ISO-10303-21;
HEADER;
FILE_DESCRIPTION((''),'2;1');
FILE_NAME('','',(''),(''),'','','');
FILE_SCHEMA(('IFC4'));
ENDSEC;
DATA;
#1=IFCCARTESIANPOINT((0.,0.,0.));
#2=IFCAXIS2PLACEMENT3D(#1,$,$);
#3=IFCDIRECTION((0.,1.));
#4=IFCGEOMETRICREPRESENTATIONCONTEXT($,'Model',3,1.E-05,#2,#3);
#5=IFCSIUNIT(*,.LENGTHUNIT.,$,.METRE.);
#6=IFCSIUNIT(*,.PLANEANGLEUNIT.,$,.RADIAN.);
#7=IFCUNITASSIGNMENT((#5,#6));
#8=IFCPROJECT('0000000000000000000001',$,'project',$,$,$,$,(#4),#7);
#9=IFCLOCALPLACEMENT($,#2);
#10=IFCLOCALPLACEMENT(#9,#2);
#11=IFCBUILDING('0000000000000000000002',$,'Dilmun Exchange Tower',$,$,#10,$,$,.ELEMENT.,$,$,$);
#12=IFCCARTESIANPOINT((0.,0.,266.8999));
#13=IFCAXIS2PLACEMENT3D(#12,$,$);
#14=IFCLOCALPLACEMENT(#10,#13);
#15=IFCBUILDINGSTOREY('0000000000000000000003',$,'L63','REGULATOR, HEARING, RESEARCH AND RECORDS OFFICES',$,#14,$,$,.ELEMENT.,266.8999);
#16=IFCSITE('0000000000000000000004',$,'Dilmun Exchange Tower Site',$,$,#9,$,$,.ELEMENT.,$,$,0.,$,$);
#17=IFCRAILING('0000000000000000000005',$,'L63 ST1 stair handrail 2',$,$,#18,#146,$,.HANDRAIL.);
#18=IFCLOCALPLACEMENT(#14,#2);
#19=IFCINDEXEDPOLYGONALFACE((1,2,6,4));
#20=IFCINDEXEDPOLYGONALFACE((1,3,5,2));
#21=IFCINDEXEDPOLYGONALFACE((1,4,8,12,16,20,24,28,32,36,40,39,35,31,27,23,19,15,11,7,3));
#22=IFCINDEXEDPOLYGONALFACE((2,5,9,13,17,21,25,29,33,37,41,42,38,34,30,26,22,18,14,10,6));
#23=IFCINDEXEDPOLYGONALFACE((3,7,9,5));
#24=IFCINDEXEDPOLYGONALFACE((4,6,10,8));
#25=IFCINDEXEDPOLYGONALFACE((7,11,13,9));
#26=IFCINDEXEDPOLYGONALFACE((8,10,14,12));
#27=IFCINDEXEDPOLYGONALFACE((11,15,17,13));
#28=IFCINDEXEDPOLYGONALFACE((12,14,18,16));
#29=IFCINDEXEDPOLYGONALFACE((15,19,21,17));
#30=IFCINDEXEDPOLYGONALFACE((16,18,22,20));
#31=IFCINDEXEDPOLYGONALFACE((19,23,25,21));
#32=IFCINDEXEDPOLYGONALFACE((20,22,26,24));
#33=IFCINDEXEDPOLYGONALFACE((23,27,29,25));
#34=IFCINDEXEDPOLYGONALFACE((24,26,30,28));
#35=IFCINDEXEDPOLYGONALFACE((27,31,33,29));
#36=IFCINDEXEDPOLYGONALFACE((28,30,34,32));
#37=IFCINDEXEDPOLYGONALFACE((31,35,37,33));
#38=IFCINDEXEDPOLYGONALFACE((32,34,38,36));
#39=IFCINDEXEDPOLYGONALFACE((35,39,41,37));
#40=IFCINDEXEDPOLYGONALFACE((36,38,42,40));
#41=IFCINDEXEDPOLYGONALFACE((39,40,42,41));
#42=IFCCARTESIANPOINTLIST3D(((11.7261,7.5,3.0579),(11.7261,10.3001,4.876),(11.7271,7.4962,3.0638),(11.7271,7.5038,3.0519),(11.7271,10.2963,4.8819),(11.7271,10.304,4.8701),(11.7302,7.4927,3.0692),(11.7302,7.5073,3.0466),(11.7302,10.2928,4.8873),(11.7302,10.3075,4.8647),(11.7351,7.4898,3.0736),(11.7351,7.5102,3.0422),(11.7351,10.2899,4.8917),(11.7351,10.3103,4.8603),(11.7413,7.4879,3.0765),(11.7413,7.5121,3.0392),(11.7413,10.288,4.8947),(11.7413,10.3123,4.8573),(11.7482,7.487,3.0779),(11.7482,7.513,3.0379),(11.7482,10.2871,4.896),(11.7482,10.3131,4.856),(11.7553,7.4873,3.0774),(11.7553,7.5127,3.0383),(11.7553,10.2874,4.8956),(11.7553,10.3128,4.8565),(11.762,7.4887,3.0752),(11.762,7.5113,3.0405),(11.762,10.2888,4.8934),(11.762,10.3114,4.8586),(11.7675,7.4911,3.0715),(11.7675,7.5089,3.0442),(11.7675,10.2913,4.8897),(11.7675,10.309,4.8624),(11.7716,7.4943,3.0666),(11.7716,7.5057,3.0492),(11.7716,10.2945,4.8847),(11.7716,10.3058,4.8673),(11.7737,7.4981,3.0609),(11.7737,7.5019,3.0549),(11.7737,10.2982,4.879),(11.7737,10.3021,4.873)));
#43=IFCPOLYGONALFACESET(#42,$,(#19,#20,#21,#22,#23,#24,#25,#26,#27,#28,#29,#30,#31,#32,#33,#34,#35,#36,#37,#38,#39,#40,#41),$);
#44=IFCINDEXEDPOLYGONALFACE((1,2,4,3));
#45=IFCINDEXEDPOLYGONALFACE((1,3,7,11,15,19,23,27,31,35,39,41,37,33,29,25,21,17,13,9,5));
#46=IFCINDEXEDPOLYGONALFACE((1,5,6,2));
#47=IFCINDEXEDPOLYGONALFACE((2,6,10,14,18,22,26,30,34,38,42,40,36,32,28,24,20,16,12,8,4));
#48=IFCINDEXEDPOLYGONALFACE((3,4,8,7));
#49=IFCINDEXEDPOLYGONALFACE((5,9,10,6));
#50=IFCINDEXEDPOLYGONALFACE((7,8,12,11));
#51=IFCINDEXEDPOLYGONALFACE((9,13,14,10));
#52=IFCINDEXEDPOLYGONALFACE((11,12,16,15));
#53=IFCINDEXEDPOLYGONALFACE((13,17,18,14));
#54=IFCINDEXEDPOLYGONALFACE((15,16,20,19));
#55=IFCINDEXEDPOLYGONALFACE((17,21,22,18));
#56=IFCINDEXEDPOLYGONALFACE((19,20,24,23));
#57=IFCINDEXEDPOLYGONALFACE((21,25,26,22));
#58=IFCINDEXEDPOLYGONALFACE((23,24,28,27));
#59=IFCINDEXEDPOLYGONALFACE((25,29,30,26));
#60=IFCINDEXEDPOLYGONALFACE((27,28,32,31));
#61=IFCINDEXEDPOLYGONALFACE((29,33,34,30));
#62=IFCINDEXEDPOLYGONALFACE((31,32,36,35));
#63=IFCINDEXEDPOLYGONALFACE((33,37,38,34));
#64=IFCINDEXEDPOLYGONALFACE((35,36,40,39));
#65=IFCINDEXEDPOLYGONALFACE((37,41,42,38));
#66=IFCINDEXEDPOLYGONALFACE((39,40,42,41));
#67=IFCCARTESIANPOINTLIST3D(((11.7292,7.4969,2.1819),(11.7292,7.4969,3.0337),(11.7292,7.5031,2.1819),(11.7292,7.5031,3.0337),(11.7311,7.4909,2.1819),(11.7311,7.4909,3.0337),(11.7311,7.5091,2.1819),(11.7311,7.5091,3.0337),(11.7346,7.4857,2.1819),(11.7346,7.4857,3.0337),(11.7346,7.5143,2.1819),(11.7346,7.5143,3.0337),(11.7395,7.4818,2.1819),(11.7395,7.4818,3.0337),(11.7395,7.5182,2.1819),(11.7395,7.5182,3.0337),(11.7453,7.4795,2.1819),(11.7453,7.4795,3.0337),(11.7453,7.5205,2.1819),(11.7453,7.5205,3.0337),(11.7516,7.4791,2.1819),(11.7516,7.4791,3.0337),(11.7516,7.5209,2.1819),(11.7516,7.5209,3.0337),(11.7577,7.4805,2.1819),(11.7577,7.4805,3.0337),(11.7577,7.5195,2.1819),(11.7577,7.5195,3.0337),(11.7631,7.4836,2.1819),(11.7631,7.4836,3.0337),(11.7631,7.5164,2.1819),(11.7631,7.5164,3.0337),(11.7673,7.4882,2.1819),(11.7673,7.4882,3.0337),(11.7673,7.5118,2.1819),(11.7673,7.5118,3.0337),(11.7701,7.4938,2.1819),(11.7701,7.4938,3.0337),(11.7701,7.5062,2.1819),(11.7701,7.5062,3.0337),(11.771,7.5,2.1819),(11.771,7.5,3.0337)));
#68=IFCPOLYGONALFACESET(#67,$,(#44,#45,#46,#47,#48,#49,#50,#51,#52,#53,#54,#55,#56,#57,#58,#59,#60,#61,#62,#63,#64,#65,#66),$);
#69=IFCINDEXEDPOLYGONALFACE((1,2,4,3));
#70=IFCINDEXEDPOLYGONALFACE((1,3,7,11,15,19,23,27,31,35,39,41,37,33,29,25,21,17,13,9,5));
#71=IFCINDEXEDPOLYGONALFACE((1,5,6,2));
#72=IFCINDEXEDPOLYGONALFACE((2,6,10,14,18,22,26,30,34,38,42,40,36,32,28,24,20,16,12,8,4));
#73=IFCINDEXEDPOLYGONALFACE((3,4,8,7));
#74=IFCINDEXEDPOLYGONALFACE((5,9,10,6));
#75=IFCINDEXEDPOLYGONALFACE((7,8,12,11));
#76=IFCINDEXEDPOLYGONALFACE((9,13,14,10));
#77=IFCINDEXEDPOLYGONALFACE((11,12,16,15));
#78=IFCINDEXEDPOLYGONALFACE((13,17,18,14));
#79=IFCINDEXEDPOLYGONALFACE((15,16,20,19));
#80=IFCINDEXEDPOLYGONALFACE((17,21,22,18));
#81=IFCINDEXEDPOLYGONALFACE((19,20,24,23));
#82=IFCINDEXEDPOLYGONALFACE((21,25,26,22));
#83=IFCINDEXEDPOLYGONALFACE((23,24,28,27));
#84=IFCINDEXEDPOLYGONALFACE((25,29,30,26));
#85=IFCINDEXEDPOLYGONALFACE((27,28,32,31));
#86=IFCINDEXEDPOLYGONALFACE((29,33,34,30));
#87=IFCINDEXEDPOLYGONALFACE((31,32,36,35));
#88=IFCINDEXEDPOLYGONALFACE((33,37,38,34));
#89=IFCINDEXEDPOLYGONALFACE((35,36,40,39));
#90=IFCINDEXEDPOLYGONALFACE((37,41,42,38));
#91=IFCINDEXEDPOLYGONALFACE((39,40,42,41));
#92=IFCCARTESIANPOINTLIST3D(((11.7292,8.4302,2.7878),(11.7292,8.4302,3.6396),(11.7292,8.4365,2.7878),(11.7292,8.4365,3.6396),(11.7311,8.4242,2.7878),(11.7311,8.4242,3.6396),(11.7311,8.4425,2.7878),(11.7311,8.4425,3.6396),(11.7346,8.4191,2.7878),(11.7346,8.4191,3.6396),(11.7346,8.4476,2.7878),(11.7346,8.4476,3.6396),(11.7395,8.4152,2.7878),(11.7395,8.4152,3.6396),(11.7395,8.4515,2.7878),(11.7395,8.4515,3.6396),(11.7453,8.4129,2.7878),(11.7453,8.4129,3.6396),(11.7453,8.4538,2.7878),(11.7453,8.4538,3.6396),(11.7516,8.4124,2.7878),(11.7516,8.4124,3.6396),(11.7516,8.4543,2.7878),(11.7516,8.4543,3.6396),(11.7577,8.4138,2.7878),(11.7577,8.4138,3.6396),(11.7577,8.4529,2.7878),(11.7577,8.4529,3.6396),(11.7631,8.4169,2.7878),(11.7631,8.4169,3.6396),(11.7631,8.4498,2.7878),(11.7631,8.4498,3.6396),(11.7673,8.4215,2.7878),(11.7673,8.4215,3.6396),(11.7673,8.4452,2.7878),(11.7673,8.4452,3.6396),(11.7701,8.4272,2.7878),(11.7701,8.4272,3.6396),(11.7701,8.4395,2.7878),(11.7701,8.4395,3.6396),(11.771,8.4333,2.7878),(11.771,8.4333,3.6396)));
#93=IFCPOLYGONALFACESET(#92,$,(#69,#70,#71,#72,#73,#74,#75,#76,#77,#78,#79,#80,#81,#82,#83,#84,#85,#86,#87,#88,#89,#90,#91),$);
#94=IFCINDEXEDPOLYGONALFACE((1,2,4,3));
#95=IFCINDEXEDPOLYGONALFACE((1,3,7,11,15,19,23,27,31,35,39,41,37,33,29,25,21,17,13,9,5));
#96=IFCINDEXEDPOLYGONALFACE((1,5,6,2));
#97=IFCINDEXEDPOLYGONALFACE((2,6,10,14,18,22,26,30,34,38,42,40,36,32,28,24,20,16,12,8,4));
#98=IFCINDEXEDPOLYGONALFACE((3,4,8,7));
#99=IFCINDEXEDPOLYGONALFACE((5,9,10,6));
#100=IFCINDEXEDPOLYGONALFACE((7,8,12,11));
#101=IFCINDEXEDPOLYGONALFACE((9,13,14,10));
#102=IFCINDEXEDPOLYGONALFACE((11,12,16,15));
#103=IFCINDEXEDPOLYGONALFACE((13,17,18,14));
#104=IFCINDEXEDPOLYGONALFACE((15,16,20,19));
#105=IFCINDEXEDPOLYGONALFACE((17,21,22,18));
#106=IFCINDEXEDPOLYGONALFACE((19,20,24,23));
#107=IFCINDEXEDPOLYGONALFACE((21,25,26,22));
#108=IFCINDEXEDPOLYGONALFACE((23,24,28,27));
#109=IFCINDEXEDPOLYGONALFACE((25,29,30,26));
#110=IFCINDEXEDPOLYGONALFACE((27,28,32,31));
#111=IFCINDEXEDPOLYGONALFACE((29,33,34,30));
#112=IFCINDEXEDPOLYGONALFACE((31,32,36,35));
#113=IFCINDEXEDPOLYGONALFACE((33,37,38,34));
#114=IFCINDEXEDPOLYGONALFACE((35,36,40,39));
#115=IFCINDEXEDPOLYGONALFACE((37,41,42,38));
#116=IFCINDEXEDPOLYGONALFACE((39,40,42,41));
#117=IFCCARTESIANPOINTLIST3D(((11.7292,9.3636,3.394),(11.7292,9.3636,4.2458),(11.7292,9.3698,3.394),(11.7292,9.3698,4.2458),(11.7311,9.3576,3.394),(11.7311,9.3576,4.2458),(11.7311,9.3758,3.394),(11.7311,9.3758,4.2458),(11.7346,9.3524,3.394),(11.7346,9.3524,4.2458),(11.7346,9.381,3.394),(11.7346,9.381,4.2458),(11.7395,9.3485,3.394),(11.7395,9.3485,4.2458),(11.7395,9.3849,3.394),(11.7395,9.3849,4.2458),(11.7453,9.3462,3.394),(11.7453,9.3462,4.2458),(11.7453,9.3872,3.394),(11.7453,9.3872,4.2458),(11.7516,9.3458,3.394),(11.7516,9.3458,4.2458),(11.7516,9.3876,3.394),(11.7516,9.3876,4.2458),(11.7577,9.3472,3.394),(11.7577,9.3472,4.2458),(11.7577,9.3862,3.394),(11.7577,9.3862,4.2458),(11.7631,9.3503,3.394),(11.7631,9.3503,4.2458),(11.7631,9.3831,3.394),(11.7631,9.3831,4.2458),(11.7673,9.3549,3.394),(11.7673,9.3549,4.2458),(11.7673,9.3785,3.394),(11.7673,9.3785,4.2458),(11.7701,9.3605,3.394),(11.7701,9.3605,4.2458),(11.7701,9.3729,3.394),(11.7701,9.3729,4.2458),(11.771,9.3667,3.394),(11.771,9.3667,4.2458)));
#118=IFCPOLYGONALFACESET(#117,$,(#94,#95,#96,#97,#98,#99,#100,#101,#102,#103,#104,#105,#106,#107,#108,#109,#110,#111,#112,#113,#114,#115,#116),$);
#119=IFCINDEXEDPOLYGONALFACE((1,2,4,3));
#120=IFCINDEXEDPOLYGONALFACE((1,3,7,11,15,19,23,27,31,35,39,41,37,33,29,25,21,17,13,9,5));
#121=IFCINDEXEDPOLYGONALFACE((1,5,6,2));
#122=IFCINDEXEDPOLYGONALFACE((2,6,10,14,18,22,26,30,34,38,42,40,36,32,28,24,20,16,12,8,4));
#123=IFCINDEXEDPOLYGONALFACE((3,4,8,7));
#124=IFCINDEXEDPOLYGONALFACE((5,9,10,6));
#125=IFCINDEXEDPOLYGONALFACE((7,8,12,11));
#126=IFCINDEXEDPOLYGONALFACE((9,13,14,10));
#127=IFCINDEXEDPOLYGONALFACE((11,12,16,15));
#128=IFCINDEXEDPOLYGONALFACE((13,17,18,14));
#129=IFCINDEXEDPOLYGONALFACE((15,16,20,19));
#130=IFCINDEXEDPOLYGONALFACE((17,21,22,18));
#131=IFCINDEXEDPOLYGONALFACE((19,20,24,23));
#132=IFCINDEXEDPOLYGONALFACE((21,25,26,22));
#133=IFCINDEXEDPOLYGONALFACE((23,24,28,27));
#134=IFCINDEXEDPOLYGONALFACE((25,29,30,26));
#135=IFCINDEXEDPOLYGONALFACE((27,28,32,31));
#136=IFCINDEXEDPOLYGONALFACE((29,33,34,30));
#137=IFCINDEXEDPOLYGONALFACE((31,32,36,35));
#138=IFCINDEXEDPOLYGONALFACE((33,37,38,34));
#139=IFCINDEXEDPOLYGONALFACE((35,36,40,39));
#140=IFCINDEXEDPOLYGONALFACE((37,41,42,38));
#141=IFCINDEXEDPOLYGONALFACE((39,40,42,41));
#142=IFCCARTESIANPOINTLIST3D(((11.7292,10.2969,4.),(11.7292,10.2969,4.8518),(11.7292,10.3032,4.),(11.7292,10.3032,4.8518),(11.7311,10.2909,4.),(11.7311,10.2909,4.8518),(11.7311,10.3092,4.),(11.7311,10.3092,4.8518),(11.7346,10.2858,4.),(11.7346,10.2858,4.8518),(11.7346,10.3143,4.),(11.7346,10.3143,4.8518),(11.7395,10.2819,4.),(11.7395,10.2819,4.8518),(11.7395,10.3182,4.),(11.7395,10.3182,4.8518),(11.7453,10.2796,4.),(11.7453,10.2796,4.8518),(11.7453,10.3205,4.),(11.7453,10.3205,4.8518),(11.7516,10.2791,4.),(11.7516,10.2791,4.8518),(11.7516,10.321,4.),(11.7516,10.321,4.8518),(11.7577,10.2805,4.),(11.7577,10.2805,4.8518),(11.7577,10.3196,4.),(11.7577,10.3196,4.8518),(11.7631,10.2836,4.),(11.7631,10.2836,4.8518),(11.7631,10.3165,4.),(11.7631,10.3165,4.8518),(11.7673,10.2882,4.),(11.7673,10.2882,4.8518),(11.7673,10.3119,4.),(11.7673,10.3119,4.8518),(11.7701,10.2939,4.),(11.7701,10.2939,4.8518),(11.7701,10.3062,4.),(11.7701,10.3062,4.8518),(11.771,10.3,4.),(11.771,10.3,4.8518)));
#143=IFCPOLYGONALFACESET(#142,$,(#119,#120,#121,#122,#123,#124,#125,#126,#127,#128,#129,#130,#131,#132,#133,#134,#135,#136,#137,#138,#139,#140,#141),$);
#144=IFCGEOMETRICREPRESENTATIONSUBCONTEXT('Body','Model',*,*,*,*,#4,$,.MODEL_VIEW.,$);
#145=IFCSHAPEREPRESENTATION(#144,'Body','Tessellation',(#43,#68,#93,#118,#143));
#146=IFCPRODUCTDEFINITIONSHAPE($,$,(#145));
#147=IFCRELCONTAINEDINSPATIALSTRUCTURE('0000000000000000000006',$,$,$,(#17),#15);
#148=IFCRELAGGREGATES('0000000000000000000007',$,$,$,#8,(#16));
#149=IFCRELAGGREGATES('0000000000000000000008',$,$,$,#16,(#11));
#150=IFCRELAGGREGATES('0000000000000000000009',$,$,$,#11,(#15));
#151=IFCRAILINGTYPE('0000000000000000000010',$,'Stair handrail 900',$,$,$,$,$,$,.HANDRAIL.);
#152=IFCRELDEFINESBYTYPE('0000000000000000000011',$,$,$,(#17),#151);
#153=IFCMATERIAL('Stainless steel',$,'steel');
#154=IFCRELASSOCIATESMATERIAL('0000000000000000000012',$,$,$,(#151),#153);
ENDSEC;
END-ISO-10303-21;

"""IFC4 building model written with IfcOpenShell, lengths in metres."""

from ifc_helpers import new_model, si_unit, direction, frame, origin, origin_2d, place, context, subcontext, project, spatial, circle, extrude, material, type_object, element, save


model = new_model("IFC4")

# Units and contexts
model_context = context("Model", 3, precision=1e-05, world=origin(), true_north=direction((0.0, 1.0)))
body_context = subcontext(model_context, "Body", "Model", "MODEL_VIEW")
ifc_project = project(units=[si_unit("LENGTHUNIT", "METRE"), si_unit("PLANEANGLEUNIT", "RADIAN")], contexts=[model_context])

# Site, building, storey
site_placement = place(None, origin())
site = spatial("IfcSite", under=ifc_project, at=site_placement, Name="Dilmun Exchange Tower Site", CompositionType="ELEMENT", RefElevation=0.0)
building_placement = place(site_placement, origin())
building = spatial("IfcBuilding", under=site, at=building_placement, Name="Dilmun Exchange Tower", CompositionType="ELEMENT")
storey_placement = place(building_placement, frame((0.0, 0.0, 266.8999)))
storey = spatial("IfcBuildingStorey", under=building, at=storey_placement, Name="L63", Description="REGULATOR, HEARING, RESEARCH AND RECORDS OFFICES", CompositionType="ELEMENT", Elevation=266.8999)

# Railing
ifc_material_1 = material(Name="Stainless steel", Category="steel")
railing_type = type_object("IfcRailingType", Name="Stair handrail 900", PredefinedType="HANDRAIL", material=ifc_material_1)
railing_placement = place(storey_placement, frame((11.75, 7.5, 2.1819)))
element("IfcRailing", 1, at=railing_placement, inside=storey, type_object=railing_type, Name="L63 ST1 stair handrail 2", PredefinedType="HANDRAIL", context=body_context, shape_type="SweptSolid", body=[
    extrude(circle(Radius=0.0239, at=origin_2d()), frame((0.0, 0.0, 0.876), z_axis=(0.0, 0.838706, 0.544585), x_axis=(-1.0, 0.0, 0.0)), (0.0, 0.0, 1.0), 3.3386),
    extrude(circle(Radius=0.021, at=origin_2d()), origin(), (0.0, 0.0, 1.0), 0.8518),
    extrude(circle(Radius=0.021, at=origin_2d()), frame((0.0, 0.9333, 0.606)), (0.0, 0.0, 1.0), 0.8518),
    extrude(circle(Radius=0.021, at=origin_2d()), frame((0.0, 1.8667, 1.2122)), (0.0, 0.0, 1.0), 0.8518),
    extrude(circle(Radius=0.021, at=origin_2d()), frame((0.0, 2.8, 1.8181)), (0.0, 0.0, 1.0), 0.8518),
])

save(model, "model.ifc")
